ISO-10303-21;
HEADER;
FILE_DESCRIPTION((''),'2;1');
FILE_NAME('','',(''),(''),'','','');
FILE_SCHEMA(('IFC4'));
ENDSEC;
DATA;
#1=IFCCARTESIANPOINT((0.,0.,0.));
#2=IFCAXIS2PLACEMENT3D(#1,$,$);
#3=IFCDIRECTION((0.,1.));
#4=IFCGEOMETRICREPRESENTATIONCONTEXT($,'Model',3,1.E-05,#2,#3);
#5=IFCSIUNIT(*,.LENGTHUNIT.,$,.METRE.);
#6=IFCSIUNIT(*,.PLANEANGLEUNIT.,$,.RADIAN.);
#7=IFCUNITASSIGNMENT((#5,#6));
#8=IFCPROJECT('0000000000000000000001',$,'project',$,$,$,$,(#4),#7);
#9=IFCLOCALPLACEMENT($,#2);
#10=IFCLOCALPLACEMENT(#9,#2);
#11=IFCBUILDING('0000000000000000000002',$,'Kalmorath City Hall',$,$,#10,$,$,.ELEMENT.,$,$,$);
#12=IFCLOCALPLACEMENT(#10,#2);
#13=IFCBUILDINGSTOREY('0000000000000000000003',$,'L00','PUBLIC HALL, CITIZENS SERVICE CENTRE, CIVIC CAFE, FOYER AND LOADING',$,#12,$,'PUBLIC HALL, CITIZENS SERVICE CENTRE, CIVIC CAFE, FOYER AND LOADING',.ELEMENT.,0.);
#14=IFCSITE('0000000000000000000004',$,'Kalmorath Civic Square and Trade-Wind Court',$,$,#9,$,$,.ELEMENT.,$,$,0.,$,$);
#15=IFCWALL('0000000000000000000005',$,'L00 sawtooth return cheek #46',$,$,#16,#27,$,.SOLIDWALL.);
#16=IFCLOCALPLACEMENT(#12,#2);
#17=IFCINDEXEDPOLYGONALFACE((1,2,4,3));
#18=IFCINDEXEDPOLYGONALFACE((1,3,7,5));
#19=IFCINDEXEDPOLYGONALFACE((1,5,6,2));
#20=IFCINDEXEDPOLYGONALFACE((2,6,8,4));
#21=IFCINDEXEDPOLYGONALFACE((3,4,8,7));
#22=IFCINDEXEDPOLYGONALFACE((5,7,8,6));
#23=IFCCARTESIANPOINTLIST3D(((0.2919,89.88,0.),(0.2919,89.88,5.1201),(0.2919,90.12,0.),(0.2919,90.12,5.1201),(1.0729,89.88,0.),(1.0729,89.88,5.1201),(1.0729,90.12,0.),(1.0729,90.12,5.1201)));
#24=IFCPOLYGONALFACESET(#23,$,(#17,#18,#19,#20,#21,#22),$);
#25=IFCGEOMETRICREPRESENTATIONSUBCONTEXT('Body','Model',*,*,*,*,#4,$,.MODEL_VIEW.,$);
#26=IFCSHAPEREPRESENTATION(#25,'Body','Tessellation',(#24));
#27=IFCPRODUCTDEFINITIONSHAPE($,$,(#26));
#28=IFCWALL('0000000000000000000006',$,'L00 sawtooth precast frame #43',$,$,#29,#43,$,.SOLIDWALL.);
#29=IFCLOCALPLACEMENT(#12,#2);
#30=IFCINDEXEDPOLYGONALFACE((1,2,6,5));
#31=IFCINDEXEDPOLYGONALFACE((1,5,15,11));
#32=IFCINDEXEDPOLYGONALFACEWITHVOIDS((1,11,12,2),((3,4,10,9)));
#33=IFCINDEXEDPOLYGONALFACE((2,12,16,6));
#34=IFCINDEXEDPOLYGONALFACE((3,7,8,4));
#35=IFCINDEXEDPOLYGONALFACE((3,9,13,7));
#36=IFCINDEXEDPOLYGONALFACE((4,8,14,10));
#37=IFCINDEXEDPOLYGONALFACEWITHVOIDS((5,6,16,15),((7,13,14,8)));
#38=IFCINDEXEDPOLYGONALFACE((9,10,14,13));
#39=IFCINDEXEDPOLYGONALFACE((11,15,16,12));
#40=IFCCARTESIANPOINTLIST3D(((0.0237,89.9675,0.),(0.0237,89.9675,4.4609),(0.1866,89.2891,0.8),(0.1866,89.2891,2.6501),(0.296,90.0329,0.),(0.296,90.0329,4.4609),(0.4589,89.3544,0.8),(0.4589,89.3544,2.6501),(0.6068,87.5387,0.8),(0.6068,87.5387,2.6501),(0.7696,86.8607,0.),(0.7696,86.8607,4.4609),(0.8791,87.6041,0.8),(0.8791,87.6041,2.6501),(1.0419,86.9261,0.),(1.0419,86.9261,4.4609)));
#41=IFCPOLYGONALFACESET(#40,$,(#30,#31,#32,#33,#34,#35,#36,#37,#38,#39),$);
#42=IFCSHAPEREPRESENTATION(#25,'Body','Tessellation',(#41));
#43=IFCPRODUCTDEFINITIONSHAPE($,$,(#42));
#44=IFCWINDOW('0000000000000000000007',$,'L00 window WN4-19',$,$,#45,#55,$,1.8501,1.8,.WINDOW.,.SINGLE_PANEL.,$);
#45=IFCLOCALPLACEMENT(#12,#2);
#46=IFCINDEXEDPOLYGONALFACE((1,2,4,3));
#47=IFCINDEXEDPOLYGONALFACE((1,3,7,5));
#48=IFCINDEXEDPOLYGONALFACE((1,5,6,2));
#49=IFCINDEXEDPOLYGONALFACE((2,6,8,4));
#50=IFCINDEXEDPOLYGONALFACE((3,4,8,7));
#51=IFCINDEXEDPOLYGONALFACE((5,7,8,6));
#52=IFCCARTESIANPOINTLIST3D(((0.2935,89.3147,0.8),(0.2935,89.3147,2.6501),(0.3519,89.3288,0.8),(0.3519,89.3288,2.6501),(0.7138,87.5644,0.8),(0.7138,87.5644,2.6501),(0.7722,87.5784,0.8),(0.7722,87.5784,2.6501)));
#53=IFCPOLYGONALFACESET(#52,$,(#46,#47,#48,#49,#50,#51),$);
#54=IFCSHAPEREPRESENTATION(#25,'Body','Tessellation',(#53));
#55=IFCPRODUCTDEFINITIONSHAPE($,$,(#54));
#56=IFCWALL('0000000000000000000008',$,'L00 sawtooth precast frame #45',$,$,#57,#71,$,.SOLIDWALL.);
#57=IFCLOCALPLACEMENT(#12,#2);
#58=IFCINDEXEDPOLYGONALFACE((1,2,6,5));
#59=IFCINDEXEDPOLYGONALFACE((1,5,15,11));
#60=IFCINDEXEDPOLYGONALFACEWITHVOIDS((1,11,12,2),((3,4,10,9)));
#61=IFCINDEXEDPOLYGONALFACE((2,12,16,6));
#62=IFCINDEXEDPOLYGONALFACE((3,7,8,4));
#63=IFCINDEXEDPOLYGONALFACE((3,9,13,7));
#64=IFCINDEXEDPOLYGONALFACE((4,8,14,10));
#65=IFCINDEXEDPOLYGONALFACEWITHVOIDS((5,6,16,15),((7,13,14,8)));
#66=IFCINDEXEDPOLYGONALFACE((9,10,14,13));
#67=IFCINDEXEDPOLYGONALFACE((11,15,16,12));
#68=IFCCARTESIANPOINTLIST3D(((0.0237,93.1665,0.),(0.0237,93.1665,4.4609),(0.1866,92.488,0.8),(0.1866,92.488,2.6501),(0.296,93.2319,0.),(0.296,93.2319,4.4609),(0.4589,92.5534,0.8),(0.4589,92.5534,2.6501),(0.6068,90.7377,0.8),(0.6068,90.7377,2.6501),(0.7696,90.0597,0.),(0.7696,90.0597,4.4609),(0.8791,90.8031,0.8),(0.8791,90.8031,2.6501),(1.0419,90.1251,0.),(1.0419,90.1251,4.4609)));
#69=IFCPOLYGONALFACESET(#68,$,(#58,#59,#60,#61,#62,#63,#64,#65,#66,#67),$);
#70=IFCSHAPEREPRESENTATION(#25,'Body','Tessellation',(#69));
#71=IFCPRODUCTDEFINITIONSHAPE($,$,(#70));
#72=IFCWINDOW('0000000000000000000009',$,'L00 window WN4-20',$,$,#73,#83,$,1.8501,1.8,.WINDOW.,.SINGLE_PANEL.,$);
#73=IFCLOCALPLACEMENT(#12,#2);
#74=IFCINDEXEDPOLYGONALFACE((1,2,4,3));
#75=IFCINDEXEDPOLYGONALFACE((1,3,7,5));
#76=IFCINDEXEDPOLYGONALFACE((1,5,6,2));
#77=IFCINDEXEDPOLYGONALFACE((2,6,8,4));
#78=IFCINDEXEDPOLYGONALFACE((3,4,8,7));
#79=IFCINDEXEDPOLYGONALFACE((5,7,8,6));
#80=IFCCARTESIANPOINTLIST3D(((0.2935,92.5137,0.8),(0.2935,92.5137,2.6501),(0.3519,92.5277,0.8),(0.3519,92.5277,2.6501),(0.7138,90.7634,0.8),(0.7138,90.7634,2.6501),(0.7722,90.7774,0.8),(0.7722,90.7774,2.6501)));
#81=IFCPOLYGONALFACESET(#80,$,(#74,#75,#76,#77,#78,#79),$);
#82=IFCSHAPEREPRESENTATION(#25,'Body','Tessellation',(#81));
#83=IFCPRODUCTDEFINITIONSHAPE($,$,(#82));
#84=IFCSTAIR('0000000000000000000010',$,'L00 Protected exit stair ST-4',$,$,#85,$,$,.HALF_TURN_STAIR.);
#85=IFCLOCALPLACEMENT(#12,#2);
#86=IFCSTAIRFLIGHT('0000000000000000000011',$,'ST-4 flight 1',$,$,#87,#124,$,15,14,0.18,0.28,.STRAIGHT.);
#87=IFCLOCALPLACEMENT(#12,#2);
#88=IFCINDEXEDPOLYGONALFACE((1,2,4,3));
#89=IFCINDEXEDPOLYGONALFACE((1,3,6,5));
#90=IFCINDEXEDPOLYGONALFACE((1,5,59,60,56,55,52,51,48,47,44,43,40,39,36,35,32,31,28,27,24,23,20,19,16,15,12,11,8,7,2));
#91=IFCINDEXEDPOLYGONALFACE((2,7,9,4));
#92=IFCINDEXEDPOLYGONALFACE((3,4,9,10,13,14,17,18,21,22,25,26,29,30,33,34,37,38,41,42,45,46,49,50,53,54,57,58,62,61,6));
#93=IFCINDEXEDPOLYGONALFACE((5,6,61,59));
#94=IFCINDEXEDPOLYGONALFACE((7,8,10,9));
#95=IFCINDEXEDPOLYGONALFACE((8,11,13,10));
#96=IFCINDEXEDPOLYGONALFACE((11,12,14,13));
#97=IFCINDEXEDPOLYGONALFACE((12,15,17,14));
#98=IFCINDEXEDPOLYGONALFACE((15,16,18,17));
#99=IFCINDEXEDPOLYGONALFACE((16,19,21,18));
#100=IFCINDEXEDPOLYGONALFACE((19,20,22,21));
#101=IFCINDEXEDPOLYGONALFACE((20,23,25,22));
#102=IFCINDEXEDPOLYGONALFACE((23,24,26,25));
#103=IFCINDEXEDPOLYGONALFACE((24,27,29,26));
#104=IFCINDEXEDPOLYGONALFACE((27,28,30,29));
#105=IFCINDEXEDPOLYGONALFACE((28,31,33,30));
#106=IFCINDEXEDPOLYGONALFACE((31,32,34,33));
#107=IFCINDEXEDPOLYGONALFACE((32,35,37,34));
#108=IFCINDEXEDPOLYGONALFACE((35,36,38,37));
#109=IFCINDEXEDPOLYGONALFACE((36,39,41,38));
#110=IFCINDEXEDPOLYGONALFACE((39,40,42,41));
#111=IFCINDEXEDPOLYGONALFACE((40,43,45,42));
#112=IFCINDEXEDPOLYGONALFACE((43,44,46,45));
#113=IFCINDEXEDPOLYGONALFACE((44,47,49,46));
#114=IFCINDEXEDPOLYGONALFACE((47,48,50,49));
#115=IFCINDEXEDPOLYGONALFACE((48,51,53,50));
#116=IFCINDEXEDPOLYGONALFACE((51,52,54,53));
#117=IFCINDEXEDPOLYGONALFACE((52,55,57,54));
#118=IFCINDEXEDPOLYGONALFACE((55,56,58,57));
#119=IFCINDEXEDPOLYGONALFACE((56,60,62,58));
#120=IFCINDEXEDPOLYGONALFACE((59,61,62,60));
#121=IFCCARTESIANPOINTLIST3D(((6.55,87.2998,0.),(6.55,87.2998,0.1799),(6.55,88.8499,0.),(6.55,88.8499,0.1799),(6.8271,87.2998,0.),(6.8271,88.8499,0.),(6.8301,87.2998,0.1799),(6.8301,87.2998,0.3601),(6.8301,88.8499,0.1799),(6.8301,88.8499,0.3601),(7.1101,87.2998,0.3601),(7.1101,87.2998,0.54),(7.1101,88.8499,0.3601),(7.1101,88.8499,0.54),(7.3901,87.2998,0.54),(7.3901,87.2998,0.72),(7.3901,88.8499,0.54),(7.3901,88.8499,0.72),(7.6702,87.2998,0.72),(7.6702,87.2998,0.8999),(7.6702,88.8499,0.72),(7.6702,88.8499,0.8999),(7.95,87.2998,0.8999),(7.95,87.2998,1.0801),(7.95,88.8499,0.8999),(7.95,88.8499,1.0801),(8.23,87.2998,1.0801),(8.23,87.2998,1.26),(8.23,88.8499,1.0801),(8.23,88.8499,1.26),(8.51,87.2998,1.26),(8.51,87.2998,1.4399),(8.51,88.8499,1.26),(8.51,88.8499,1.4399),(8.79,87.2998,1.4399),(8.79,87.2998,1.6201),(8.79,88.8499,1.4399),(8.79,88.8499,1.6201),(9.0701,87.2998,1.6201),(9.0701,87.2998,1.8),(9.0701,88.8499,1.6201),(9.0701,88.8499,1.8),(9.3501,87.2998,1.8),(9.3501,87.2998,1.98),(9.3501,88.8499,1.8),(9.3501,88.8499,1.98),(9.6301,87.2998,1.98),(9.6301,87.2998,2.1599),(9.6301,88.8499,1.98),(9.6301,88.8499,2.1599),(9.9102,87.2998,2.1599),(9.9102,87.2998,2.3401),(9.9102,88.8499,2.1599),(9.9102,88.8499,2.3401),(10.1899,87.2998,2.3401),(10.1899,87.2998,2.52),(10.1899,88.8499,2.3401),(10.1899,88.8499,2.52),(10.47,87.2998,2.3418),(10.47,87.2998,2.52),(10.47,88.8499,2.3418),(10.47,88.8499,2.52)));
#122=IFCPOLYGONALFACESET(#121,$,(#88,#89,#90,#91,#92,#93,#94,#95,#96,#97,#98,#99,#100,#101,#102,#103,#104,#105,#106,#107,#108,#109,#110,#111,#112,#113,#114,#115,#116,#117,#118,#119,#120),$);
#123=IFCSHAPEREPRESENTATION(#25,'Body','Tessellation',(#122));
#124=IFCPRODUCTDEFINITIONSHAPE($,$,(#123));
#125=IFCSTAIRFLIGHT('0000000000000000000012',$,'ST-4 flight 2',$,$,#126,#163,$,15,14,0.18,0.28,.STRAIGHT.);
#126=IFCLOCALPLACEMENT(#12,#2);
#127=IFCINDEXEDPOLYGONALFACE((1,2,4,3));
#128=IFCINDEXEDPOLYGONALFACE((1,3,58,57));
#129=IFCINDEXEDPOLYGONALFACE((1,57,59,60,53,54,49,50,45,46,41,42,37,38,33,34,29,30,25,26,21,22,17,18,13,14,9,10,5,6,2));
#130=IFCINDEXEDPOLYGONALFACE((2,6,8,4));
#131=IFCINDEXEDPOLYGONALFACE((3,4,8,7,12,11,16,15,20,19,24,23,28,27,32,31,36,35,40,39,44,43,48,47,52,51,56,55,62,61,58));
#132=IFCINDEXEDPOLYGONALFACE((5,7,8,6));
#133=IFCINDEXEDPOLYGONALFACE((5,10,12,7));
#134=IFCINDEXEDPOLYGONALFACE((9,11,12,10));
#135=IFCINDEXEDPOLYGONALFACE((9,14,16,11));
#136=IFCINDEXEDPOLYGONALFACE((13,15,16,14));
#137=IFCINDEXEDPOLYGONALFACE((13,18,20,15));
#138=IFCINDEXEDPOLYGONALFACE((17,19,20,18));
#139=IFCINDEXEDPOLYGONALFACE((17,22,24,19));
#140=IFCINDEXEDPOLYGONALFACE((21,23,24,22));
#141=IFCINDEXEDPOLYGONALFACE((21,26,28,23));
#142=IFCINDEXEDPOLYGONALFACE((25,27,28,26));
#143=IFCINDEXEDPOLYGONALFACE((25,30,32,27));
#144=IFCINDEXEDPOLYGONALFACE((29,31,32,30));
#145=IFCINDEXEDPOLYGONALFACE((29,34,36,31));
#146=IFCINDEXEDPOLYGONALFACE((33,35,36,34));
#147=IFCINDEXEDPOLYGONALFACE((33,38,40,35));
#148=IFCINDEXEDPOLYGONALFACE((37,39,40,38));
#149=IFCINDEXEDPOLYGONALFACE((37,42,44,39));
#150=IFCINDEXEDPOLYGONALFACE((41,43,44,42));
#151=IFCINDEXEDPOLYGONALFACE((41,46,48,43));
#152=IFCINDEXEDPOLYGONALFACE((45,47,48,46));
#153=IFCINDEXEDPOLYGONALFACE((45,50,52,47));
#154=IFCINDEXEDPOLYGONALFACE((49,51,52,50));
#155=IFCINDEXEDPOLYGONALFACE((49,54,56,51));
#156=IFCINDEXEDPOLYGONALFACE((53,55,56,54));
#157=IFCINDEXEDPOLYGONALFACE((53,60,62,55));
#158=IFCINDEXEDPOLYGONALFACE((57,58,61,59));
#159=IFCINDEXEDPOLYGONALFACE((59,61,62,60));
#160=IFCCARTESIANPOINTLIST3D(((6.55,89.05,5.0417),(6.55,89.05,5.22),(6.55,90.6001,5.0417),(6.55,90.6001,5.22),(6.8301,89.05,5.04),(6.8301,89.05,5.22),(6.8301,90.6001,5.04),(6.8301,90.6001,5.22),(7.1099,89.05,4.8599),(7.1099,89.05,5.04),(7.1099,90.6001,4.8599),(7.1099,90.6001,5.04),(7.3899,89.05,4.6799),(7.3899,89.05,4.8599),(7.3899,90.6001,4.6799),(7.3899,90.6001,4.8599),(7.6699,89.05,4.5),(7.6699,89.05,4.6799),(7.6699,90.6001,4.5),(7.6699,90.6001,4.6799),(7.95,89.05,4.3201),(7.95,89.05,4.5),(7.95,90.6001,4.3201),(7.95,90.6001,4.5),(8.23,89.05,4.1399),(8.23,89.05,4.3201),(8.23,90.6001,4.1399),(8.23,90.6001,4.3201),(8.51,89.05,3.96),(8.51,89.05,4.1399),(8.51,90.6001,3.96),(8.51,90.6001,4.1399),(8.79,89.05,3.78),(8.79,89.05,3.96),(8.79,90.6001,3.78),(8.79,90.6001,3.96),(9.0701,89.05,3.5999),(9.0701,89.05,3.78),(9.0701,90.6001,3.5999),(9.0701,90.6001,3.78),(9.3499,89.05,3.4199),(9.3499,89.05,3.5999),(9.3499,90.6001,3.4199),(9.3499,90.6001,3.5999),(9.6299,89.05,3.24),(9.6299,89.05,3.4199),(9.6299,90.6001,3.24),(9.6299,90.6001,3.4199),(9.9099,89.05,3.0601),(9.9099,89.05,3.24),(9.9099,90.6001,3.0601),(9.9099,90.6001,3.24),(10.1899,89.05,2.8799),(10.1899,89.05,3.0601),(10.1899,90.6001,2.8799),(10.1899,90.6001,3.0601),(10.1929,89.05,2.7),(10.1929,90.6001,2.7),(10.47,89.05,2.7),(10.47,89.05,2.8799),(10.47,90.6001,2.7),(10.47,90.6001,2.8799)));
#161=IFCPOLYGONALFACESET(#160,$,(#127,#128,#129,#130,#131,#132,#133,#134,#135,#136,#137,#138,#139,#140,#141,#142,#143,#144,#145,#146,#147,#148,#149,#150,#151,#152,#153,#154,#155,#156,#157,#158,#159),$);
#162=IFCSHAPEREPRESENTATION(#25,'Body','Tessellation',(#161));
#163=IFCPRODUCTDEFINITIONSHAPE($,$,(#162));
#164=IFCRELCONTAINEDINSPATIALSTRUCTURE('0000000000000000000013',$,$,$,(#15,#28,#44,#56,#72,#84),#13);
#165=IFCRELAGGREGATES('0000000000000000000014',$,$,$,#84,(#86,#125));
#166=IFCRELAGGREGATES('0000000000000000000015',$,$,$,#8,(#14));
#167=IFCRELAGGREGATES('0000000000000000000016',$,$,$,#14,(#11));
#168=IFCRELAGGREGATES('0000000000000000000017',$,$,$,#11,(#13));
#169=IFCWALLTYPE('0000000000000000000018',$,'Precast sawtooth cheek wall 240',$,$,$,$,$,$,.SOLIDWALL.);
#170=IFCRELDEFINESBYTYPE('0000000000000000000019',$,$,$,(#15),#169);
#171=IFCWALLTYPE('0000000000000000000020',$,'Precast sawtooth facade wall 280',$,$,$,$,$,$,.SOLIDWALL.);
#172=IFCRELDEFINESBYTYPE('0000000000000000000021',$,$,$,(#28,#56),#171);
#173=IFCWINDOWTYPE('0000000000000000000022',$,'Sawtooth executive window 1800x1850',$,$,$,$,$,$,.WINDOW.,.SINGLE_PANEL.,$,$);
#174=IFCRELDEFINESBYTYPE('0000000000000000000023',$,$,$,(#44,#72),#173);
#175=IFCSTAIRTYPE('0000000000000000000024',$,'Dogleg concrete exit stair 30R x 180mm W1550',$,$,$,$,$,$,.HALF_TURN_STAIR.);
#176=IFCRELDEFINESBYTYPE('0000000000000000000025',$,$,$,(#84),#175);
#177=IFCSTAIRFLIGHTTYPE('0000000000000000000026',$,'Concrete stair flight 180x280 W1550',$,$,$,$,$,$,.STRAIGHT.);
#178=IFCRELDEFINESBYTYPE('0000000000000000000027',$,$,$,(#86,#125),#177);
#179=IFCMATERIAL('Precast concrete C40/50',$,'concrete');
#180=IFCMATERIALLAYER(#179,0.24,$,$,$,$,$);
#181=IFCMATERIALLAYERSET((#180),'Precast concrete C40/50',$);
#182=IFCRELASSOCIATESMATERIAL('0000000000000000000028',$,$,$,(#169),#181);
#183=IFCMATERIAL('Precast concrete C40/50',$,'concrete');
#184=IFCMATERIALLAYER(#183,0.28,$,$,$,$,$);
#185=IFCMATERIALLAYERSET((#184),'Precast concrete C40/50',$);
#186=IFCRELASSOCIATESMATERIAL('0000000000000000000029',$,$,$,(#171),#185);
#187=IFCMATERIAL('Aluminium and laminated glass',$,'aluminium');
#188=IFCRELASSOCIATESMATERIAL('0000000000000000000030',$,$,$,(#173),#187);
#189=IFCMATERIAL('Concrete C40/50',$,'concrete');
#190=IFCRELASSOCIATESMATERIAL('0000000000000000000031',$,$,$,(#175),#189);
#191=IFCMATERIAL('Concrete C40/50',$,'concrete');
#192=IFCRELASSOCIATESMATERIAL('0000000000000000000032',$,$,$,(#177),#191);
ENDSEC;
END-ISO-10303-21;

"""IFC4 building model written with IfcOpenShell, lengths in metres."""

from ifc_helpers import new_model, si_unit, direction, frame, frame_2d, origin, place, context, subcontext, project, spatial, polyline, rectangle, outline, extrude, material, layer, layer_set, type_object, element, fill, aggregate, save


model = new_model("IFC4")

# Units and contexts
model_context = context("Model", 3, precision=1e-05, world=origin(), true_north=direction((0.0, 1.0)))
body_context = subcontext(model_context, "Body", "Model", "MODEL_VIEW")
ifc_project = project(units=[si_unit("LENGTHUNIT", "METRE"), si_unit("PLANEANGLEUNIT", "RADIAN")], contexts=[model_context])

# Site, building, storey
site_placement = place(None, origin())
site = spatial("IfcSite", under=ifc_project, at=site_placement, Name="Kalmorath Civic Square and Trade-Wind Court", CompositionType="ELEMENT", RefElevation=0.0)
building_placement = place(site_placement, origin())
building = spatial("IfcBuilding", under=site, at=building_placement, Name="Kalmorath City Hall", CompositionType="ELEMENT")
storey_placement = place(building_placement, origin())
storey = spatial("IfcBuildingStorey", under=building, at=storey_placement, Name="L00", Description="PUBLIC HALL, CITIZENS SERVICE CENTRE, CIVIC CAFE, FOYER AND LOADING", LongName="PUBLIC HALL, CITIZENS SERVICE CENTRE, CIVIC CAFE, FOYER AND LOADING", CompositionType="ELEMENT", Elevation=0.0)

# Wall
ifc_material_1 = material(Name="Precast concrete C40/50", Category="concrete")
ifc_layer_1 = layer(ifc_material_1, 0.24)
ifc_layer_set_1 = layer_set([ifc_layer_1], Name="Precast concrete C40/50")
wall_type_1 = type_object("IfcWallType", Name="Precast sawtooth cheek wall 240", PredefinedType="SOLIDWALL", material=ifc_layer_set_1)
for number, where, z_axis, x_axis, name in (
    (1, (1.073, 90.0, 0.0), (0.0, 0.0, 1.0), (-1.0, 0.0, 0.0), "L00 sawtooth return cheek #46"),
):
    element("IfcWall", number, at=place(storey_placement, frame(where, z_axis=z_axis, x_axis=x_axis)), inside=storey, type_object=wall_type_1, Name=name, PredefinedType="SOLIDWALL", context=body_context, shape_type="SweptSolid", body=[
        extrude(rectangle(XDim=0.781, YDim=0.24, at=frame_2d((0.3906, 0.0))), origin(), (0.0, 0.0, 1.0), 5.1201),
    ])

# Walls, openings, windows
ifc_material_2 = material(Name="Precast concrete C40/50", Category="concrete")
ifc_layer_2 = layer(ifc_material_2, 0.28)
ifc_layer_set_2 = layer_set([ifc_layer_2], Name="Precast concrete C40/50")
wall_type_2 = type_object("IfcWallType", Name="Precast sawtooth facade wall 280", PredefinedType="SOLIDWALL", material=ifc_layer_set_2)
wall_1_placement = place(storey_placement, frame((0.9058, 86.8933, 0.0), z_axis=(0.0, 0.0, 1.0), x_axis=(-0.233445, 0.97237, 0.0)))
wall_1 = element("IfcWall", 2, at=wall_1_placement, inside=storey, type_object=wall_type_2, Name="L00 sawtooth precast frame #43", PredefinedType="SOLIDWALL", context=body_context, shape_type="SweptSolid", body=[
    extrude(rectangle(XDim=3.1951, YDim=0.28, at=frame_2d((1.5977, 0.0))), origin(), (0.0, 0.0, 1.0), 4.4609),
])
opening_1_placement = place(wall_1_placement, frame((0.6975, 0.0, 0.8)))
opening_1 = element("IfcOpeningElement", 3, at=opening_1_placement, cuts=wall_1, PredefinedType="OPENING", context=body_context, shape_type="SweptSolid", body=[
    extrude(rectangle(XDim=1.8, YDim=1.8501, at=frame_2d((0.8999, 0.925))), frame((0.0, 0.1499, 0.0), z_axis=(0.0, -1.0, 0.0), x_axis=(1.0, 0.0, 0.0)), (0.0, 0.0, 1.0), 0.3),
])
ifc_material_3 = material(Name="Aluminium and laminated glass", Category="aluminium")
window_type = type_object("IfcWindowType", Name="Sawtooth executive window 1800x1850", PartitioningType="SINGLE_PANEL", PredefinedType="WINDOW", material=ifc_material_3)
window_1_placement = place(opening_1_placement, origin())
window_1 = element("IfcWindow", 4, at=window_1_placement, inside=storey, type_object=window_type, Name="L00 window WN4-19", OverallHeight=1.8501, OverallWidth=1.8, PartitioningType="SINGLE_PANEL", PredefinedType="WINDOW", context=body_context, shape_type="SweptSolid", body=[
    extrude(rectangle(XDim=1.8, YDim=1.8501, at=frame_2d((0.8999, 0.925))), frame((0.0, 0.03, 0.0), z_axis=(0.0, -1.0, 0.0), x_axis=(1.0, 0.0, 0.0)), (0.0, 0.0, 1.0), 0.0601),
])
fill(opening_1, window_1)
wall_2_placement = place(storey_placement, frame((0.9058, 90.0923, 0.0), z_axis=(0.0, 0.0, 1.0), x_axis=(-0.233445, 0.97237, 0.0)))
wall_2 = element("IfcWall", 5, at=wall_2_placement, inside=storey, type_object=wall_type_2, Name="L00 sawtooth precast frame #45", PredefinedType="SOLIDWALL", context=body_context, shape_type="SweptSolid", body=[
    extrude(rectangle(XDim=3.1951, YDim=0.28, at=frame_2d((1.5977, 0.0))), origin(), (0.0, 0.0, 1.0), 4.4609),
])
opening_2_placement = place(wall_2_placement, frame((0.6975, 0.0, 0.8)))
opening_2 = element("IfcOpeningElement", 6, at=opening_2_placement, cuts=wall_2, PredefinedType="OPENING", context=body_context, shape_type="SweptSolid", body=[
    extrude(rectangle(XDim=1.8, YDim=1.8501, at=frame_2d((0.8999, 0.925))), frame((0.0, 0.1499, 0.0), z_axis=(0.0, -1.0, 0.0), x_axis=(1.0, 0.0, 0.0)), (0.0, 0.0, 1.0), 0.3),
])
window_2_placement = place(opening_2_placement, origin())
window_2 = element("IfcWindow", 7, at=window_2_placement, inside=storey, type_object=window_type, Name="L00 window WN4-20", OverallHeight=1.8501, OverallWidth=1.8, PartitioningType="SINGLE_PANEL", PredefinedType="WINDOW", context=body_context, shape_type="SweptSolid", body=[
    extrude(rectangle(XDim=1.8, YDim=1.8501, at=frame_2d((0.8999, 0.925))), frame((0.0, 0.03, 0.0), z_axis=(0.0, -1.0, 0.0), x_axis=(1.0, 0.0, 0.0)), (0.0, 0.0, 1.0), 0.0601),
])
fill(opening_2, window_2)

# Stair, stair flights
ifc_material_4 = material(Name="Concrete C40/50", Category="concrete")
stair_type = type_object("IfcStairType", Name="Dogleg concrete exit stair 30R x 180mm W1550", PredefinedType="HALF_TURN_STAIR", material=ifc_material_4)
stair_placement = place(storey_placement, origin())
stair = element("IfcStair", 8, at=stair_placement, inside=storey, type_object=stair_type, Name="L00 Protected exit stair ST-4", PredefinedType="HALF_TURN_STAIR")
ifc_material_5 = material(Name="Concrete C40/50", Category="concrete")
stair_flight_type = type_object("IfcStairFlightType", Name="Concrete stair flight 180x280 W1550", PredefinedType="STRAIGHT", material=ifc_material_5)
stair_flight_1_placement = place(storey_placement, frame((6.55, 88.075, 0.0), z_axis=(0.0, 0.0, 1.0), x_axis=(1.0, 0.0, 0.0)))
stair_flight_1 = element("IfcStairFlight", 9, at=stair_flight_1_placement, type_object=stair_flight_type, Name="ST-4 flight 1", NumberOfRisers=15, NumberOfTreads=14, PredefinedType="STRAIGHT", RiserHeight=0.18, TreadLength=0.28, context=body_context, shape_type="SweptSolid", body=[
    extrude(outline(polyline([(0.0, 0.0), (0.0, 0.1799), (0.28, 0.1799), (0.28, 0.3601), (0.5601, 0.3601), (0.5601, 0.54), (0.8401, 0.54), (0.8401, 0.72), (1.1201, 0.72), (1.1201, 0.8999), (1.3999, 0.8999), (1.3999, 1.0801), (1.6799, 1.0801), (1.6799, 1.26), (1.96, 1.26), (1.96, 1.4399), (2.24, 1.4399), (2.24, 1.6201), (2.52, 1.6201), (2.52, 1.8), (2.8, 1.8), (2.8, 1.98), (3.0801, 1.98), (3.0801, 2.1599), (3.3601, 2.1599), (3.3601, 2.3401), (3.6399, 2.3401), (3.6399, 2.52), (3.9199, 2.52), (3.9199, 2.7), (3.9199, 2.3418), (0.2771, 0.0), (0.0, 0.0)])), frame((0.0, 0.7749, 0.0), z_axis=(0.0, -1.0, 0.0), x_axis=(1.0, 0.0, 0.0)), (0.0, 0.0, 1.0), 1.55),
])
stair_flight_2_placement = place(storey_placement, frame((10.47, 89.825, 2.7), z_axis=(0.0, 0.0, 1.0), x_axis=(-1.0, 0.0, 0.0)))
stair_flight_2 = element("IfcStairFlight", 10, at=stair_flight_2_placement, type_object=stair_flight_type, Name="ST-4 flight 2", NumberOfRisers=15, NumberOfTreads=14, PredefinedType="STRAIGHT", RiserHeight=0.18, TreadLength=0.28, context=body_context, shape_type="SweptSolid", body=[
    extrude(outline(polyline([(0.0, 0.0), (0.0, 0.1799), (0.28, 0.1799), (0.28, 0.3601), (0.5601, 0.3601), (0.5601, 0.54), (0.8401, 0.54), (0.8401, 0.72), (1.1201, 0.72), (1.1201, 0.8999), (1.3999, 0.8999), (1.3999, 1.0801), (1.6799, 1.0801), (1.6799, 1.26), (1.96, 1.26), (1.96, 1.4399), (2.24, 1.4399), (2.24, 1.6201), (2.52, 1.6201), (2.52, 1.8), (2.8, 1.8), (2.8, 1.98), (3.0801, 1.98), (3.0801, 2.1599), (3.3601, 2.1599), (3.3601, 2.3401), (3.6399, 2.3401), (3.6399, 2.52), (3.9199, 2.52), (3.9199, 2.7), (3.9199, 2.3418), (0.2771, 0.0), (0.0, 0.0)])), frame((0.0, 0.7749, 0.0), z_axis=(0.0, -1.0, 0.0), x_axis=(1.0, 0.0, 0.0)), (0.0, 0.0, 1.0), 1.55),
])
aggregate(stair, [stair_flight_1, stair_flight_2])

save(model, "model.ifc")
